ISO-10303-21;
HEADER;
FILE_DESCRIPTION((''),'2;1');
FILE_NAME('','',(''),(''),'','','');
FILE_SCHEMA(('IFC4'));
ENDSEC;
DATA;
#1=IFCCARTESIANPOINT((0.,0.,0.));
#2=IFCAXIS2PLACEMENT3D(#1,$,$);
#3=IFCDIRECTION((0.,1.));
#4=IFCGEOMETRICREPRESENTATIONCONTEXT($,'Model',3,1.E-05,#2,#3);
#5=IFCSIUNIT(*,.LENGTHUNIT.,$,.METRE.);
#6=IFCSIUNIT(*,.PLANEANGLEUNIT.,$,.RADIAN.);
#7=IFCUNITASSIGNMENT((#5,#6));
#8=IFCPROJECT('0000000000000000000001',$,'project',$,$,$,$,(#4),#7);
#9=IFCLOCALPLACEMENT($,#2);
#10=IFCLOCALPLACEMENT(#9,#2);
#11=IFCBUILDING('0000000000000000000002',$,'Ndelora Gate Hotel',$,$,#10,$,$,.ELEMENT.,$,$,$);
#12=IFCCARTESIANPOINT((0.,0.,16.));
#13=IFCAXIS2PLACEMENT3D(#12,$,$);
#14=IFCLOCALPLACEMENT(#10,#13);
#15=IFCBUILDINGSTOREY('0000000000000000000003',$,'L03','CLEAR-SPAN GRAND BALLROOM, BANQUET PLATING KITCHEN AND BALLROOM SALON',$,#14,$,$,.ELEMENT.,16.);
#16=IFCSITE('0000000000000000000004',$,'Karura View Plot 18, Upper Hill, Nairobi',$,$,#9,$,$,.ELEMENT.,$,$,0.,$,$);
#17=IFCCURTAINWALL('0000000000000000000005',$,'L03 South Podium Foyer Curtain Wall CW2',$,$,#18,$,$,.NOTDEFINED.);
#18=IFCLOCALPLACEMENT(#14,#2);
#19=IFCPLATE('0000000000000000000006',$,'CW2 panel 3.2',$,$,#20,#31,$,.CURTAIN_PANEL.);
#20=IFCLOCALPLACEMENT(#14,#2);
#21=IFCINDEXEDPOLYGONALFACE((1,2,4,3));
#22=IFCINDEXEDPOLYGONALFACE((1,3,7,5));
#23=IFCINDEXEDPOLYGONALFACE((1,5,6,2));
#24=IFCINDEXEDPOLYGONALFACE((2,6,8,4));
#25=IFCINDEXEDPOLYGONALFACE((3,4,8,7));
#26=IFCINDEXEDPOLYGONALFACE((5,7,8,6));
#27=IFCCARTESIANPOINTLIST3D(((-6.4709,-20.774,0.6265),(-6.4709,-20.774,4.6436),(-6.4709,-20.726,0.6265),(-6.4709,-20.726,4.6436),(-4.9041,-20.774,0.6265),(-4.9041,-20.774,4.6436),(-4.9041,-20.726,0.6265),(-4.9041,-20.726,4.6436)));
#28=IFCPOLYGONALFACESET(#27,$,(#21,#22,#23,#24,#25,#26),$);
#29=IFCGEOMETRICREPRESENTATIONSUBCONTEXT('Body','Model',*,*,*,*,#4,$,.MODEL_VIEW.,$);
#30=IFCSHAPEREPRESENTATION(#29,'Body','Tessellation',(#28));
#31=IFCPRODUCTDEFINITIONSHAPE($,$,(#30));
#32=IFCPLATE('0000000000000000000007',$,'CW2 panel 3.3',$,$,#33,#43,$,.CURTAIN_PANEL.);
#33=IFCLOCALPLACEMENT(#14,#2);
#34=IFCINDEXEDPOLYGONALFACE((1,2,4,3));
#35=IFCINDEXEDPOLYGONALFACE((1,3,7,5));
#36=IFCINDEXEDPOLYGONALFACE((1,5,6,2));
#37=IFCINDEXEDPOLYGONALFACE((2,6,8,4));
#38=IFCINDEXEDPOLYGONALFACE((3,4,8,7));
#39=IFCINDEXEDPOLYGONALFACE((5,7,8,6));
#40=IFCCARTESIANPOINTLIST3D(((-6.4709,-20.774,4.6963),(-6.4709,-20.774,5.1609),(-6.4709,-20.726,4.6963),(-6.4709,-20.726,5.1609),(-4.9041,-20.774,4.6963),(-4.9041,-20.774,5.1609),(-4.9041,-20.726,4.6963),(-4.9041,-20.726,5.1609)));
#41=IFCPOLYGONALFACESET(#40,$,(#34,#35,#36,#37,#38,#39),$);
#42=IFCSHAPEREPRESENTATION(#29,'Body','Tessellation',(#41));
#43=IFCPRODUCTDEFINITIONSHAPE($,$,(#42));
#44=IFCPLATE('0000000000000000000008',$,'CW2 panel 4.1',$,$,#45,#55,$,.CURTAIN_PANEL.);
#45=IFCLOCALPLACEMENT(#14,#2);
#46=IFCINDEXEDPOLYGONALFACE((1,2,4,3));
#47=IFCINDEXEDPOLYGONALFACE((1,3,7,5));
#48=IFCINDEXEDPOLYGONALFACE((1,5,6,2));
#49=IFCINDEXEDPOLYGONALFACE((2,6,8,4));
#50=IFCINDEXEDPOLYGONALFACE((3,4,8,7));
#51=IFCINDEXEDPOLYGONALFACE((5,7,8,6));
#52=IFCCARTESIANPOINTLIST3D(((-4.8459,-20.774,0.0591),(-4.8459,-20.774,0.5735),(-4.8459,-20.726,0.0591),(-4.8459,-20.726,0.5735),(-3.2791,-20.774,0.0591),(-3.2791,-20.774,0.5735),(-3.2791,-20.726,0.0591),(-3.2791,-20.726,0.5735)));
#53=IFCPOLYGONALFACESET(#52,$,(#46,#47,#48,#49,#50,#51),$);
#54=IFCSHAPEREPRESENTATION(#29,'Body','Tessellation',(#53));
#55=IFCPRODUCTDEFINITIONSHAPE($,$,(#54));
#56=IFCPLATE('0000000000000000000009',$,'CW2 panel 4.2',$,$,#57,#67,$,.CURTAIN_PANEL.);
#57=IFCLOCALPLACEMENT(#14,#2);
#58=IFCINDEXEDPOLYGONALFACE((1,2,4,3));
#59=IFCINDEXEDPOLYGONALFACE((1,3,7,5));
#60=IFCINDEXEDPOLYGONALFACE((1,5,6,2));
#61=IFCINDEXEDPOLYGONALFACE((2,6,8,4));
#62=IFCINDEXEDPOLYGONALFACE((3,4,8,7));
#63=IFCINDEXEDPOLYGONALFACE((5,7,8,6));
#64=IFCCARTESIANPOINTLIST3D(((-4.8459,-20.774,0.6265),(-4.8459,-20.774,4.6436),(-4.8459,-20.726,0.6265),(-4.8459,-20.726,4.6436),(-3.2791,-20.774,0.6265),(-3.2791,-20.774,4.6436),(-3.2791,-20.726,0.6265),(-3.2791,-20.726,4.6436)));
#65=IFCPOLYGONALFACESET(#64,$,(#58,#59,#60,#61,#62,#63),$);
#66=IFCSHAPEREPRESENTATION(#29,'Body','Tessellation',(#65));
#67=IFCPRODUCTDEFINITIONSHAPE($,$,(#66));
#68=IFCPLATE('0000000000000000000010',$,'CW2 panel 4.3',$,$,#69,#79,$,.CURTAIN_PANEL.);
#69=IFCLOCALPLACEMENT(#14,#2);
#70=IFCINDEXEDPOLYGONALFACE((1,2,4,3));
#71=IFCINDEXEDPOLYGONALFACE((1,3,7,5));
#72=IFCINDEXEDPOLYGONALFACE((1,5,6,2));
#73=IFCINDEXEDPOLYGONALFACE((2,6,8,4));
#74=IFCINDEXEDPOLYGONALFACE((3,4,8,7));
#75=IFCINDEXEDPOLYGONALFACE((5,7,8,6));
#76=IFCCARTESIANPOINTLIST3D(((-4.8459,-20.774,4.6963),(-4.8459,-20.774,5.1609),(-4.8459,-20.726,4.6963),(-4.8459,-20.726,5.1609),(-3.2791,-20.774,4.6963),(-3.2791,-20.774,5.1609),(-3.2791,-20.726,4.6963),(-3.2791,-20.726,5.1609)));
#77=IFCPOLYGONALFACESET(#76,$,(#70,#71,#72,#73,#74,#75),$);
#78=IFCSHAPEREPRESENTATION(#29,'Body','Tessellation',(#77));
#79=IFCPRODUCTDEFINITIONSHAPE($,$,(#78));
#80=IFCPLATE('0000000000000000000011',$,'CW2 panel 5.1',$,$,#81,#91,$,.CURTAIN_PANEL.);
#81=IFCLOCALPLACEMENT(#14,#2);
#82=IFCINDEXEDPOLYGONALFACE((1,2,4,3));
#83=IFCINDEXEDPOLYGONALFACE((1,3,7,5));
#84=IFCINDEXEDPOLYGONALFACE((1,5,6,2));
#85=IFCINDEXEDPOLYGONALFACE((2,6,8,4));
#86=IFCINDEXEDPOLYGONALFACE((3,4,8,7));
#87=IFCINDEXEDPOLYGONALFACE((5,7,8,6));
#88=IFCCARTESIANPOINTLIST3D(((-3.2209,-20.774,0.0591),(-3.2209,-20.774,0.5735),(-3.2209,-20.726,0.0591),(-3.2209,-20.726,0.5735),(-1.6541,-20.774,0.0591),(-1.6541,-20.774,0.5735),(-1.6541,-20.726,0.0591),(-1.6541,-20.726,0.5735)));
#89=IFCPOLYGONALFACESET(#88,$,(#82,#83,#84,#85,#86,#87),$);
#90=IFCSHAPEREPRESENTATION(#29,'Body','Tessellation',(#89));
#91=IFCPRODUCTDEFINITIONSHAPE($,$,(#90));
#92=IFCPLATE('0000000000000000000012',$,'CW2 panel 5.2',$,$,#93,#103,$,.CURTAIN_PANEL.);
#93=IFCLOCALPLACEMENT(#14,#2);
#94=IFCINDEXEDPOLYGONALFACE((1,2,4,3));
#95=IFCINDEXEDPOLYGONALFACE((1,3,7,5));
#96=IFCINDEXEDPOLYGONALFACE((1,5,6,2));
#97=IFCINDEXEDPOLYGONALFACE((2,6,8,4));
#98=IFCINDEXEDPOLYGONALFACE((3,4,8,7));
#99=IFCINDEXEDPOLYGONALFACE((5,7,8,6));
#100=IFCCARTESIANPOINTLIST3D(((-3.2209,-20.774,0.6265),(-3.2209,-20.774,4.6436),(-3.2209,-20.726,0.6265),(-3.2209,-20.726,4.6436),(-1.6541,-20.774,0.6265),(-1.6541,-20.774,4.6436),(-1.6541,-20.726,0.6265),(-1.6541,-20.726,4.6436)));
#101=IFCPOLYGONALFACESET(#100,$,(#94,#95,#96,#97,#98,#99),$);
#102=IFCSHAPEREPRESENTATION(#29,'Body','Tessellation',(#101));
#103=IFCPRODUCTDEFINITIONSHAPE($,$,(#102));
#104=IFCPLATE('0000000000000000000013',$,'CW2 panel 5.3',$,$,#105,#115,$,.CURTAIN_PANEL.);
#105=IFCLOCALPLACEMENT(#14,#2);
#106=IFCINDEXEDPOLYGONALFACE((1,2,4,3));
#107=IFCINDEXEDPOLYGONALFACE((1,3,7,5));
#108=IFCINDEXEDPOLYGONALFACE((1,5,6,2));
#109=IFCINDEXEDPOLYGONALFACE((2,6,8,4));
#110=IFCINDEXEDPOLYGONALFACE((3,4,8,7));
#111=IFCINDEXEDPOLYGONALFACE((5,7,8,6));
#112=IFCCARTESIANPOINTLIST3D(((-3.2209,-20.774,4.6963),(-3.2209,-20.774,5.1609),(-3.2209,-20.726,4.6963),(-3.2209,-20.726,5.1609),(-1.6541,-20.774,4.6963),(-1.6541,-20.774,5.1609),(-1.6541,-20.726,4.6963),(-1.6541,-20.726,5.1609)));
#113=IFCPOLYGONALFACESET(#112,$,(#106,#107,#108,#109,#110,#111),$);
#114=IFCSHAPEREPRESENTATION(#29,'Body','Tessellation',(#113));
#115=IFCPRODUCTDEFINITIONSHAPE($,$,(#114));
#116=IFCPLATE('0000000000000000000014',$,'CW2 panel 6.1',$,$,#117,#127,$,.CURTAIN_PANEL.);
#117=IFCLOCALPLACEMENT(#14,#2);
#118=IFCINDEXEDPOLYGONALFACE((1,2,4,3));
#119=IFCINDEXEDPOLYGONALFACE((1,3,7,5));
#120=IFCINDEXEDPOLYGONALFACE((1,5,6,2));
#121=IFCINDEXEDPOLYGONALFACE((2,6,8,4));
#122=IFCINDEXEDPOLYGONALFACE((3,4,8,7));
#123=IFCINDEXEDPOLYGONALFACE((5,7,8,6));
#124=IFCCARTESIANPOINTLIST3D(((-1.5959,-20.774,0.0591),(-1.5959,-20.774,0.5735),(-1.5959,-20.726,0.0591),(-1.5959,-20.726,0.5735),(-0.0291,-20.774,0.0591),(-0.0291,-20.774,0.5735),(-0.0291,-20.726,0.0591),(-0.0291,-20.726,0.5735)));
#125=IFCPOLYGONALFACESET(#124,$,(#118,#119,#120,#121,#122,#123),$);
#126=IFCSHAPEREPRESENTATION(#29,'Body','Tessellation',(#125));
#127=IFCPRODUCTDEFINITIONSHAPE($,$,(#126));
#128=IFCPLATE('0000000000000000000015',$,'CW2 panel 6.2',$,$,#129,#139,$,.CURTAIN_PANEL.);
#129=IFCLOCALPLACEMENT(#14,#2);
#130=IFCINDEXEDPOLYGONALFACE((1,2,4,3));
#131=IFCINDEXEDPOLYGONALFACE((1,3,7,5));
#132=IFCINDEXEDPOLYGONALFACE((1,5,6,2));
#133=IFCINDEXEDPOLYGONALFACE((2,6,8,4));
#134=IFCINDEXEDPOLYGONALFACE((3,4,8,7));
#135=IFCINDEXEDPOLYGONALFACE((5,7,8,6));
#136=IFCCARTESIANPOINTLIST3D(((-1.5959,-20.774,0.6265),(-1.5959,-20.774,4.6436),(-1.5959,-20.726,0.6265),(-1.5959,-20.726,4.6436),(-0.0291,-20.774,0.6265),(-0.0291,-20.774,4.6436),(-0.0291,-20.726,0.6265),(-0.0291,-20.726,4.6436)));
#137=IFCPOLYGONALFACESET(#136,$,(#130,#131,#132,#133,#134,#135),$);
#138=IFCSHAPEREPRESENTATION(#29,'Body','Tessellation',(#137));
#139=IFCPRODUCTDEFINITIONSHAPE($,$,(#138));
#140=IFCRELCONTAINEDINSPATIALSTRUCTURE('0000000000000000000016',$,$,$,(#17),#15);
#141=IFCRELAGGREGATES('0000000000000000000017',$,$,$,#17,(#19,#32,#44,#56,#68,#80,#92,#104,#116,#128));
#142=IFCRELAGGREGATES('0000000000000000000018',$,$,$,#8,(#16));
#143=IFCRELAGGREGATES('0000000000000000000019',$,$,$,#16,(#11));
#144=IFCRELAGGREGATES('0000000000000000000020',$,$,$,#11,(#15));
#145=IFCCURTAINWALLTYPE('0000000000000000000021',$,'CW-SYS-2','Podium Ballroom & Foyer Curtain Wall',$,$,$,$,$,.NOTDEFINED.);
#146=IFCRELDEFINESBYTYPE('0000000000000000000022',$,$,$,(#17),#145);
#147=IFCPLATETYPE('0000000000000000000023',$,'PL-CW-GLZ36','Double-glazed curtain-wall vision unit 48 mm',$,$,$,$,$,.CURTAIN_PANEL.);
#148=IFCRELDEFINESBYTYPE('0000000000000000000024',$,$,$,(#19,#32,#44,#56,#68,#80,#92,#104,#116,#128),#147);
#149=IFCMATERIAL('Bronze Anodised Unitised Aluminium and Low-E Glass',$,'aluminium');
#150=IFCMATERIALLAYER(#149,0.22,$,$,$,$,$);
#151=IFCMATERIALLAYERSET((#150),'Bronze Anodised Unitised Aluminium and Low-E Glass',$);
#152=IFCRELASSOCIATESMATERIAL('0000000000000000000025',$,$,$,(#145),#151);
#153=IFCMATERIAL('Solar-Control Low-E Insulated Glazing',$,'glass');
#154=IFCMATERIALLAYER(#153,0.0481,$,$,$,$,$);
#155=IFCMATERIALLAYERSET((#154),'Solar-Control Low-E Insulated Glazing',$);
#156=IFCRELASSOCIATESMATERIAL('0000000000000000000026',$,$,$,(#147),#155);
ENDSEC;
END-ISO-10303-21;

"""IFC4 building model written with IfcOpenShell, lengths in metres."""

from ifc_helpers import new_model, si_unit, direction, frame, origin, origin_2d, place, context, subcontext, project, spatial, rectangle, extrude, material, layer, layer_set, type_object, element, aggregate, save


model = new_model("IFC4")

# Units and contexts
model_context = context("Model", 3, precision=1e-05, world=origin(), true_north=direction((0.0, 1.0)))
body_context = subcontext(model_context, "Body", "Model", "MODEL_VIEW")
ifc_project = project(units=[si_unit("LENGTHUNIT", "METRE"), si_unit("PLANEANGLEUNIT", "RADIAN")], contexts=[model_context])

# Site, building, storey
site_placement = place(None, origin())
site = spatial("IfcSite", under=ifc_project, at=site_placement, Name="Karura View Plot 18, Upper Hill, Nairobi", CompositionType="ELEMENT", RefElevation=0.0)
building_placement = place(site_placement, origin())
building = spatial("IfcBuilding", under=site, at=building_placement, Name="Ndelora Gate Hotel", CompositionType="ELEMENT")
storey_placement = place(building_placement, frame((0.0, 0.0, 16.0)))
storey = spatial("IfcBuildingStorey", under=building, at=storey_placement, Name="L03", Description="CLEAR-SPAN GRAND BALLROOM, BANQUET PLATING KITCHEN AND BALLROOM SALON", CompositionType="ELEMENT", Elevation=16.0)

# Curtain wall, plates
ifc_material_1 = material(Name="Bronze Anodised Unitised Aluminium and Low-E Glass", Category="aluminium")
ifc_layer_1 = layer(ifc_material_1, 0.22)
ifc_layer_set_1 = layer_set([ifc_layer_1], Name="Bronze Anodised Unitised Aluminium and Low-E Glass")
curtain_wall_type = type_object("IfcCurtainWallType", Name="CW-SYS-2", Description="Podium Ballroom & Foyer Curtain Wall", PredefinedType="NOTDEFINED", material=ifc_layer_set_1)
curtain_wall_placement = place(storey_placement, origin())
curtain_wall = element("IfcCurtainWall", 1, at=curtain_wall_placement, inside=storey, type_object=curtain_wall_type, Name="L03 South Podium Foyer Curtain Wall CW2", PredefinedType="NOTDEFINED")
ifc_material_2 = material(Name="Solar-Control Low-E Insulated Glazing", Category="glass")
ifc_layer_2 = layer(ifc_material_2, 0.0481)
ifc_layer_set_2 = layer_set([ifc_layer_2], Name="Solar-Control Low-E Insulated Glazing")
plate_type = type_object("IfcPlateType", Name="PL-CW-GLZ36", Description="Double-glazed curtain-wall vision unit 48 mm", PredefinedType="CURTAIN_PANEL", material=ifc_layer_set_2)
plate_1_placement = place(storey_placement, frame((-5.6875, -20.75, 0.6265), z_axis=(0.0, 0.0, 1.0), x_axis=(1.0, 0.0, 0.0)))
plate_1 = element("IfcPlate", 2, at=plate_1_placement, type_object=plate_type, Name="CW2 panel 3.2", PredefinedType="CURTAIN_PANEL", context=body_context, shape_type="SweptSolid", body=[
    extrude(rectangle(XDim=1.5669, YDim=0.0481, at=origin_2d()), origin(), (0.0, 0.0, 1.0), 4.0171),
])
plate_2_placement = place(storey_placement, frame((-5.6875, -20.75, 4.6963), z_axis=(0.0, 0.0, 1.0), x_axis=(1.0, 0.0, 0.0)))
plate_2 = element("IfcPlate", 3, at=plate_2_placement, type_object=plate_type, Name="CW2 panel 3.3", PredefinedType="CURTAIN_PANEL", context=body_context, shape_type="SweptSolid", body=[
    extrude(rectangle(XDim=1.5669, YDim=0.0481, at=origin_2d()), origin(), (0.0, 0.0, 1.0), 0.4646),
])
plate_3_placement = place(storey_placement, frame((-4.0625, -20.75, 0.0591), z_axis=(0.0, 0.0, 1.0), x_axis=(1.0, 0.0, 0.0)))
plate_3 = element("IfcPlate", 4, at=plate_3_placement, type_object=plate_type, Name="CW2 panel 4.1", PredefinedType="CURTAIN_PANEL", context=body_context, shape_type="SweptSolid", body=[
    extrude(rectangle(XDim=1.5669, YDim=0.0481, at=origin_2d()), origin(), (0.0, 0.0, 1.0), 0.5144),
])
plate_4_placement = place(storey_placement, frame((-4.0625, -20.75, 0.6265), z_axis=(0.0, 0.0, 1.0), x_axis=(1.0, 0.0, 0.0)))
plate_4 = element("IfcPlate", 5, at=plate_4_placement, type_object=plate_type, Name="CW2 panel 4.2", PredefinedType="CURTAIN_PANEL", context=body_context, shape_type="SweptSolid", body=[
    extrude(rectangle(XDim=1.5669, YDim=0.0481, at=origin_2d()), origin(), (0.0, 0.0, 1.0), 4.0171),
])
plate_5_placement = place(storey_placement, frame((-4.0625, -20.75, 4.6963), z_axis=(0.0, 0.0, 1.0), x_axis=(1.0, 0.0, 0.0)))
plate_5 = element("IfcPlate", 6, at=plate_5_placement, type_object=plate_type, Name="CW2 panel 4.3", PredefinedType="CURTAIN_PANEL", context=body_context, shape_type="SweptSolid", body=[
    extrude(rectangle(XDim=1.5669, YDim=0.0481, at=origin_2d()), origin(), (0.0, 0.0, 1.0), 0.4646),
])
plate_6_placement = place(storey_placement, frame((-2.4375, -20.75, 0.0591), z_axis=(0.0, 0.0, 1.0), x_axis=(1.0, 0.0, 0.0)))
plate_6 = element("IfcPlate", 7, at=plate_6_placement, type_object=plate_type, Name="CW2 panel 5.1", PredefinedType="CURTAIN_PANEL", context=body_context, shape_type="SweptSolid", body=[
    extrude(rectangle(XDim=1.5669, YDim=0.0481, at=origin_2d()), origin(), (0.0, 0.0, 1.0), 0.5144),
])
plate_7_placement = place(storey_placement, frame((-2.4375, -20.75, 0.6265), z_axis=(0.0, 0.0, 1.0), x_axis=(1.0, 0.0, 0.0)))
plate_7 = element("IfcPlate", 8, at=plate_7_placement, type_object=plate_type, Name="CW2 panel 5.2", PredefinedType="CURTAIN_PANEL", context=body_context, shape_type="SweptSolid", body=[
    extrude(rectangle(XDim=1.5669, YDim=0.0481, at=origin_2d()), origin(), (0.0, 0.0, 1.0), 4.0171),
])
plate_8_placement = place(storey_placement, frame((-2.4375, -20.75, 4.6963), z_axis=(0.0, 0.0, 1.0), x_axis=(1.0, 0.0, 0.0)))
plate_8 = element("IfcPlate", 9, at=plate_8_placement, type_object=plate_type, Name="CW2 panel 5.3", PredefinedType="CURTAIN_PANEL", context=body_context, shape_type="SweptSolid", body=[
    extrude(rectangle(XDim=1.5669, YDim=0.0481, at=origin_2d()), origin(), (0.0, 0.0, 1.0), 0.4646),
])
plate_9_placement = place(storey_placement, frame((-0.8125, -20.75, 0.0591), z_axis=(0.0, 0.0, 1.0), x_axis=(1.0, 0.0, 0.0)))
plate_9 = element("IfcPlate", 10, at=plate_9_placement, type_object=plate_type, Name="CW2 panel 6.1", PredefinedType="CURTAIN_PANEL", context=body_context, shape_type="SweptSolid", body=[
    extrude(rectangle(XDim=1.5669, YDim=0.0481, at=origin_2d()), origin(), (0.0, 0.0, 1.0), 0.5144),
])
plate_10_placement = place(storey_placement, frame((-0.8125, -20.75, 0.6265), z_axis=(0.0, 0.0, 1.0), x_axis=(1.0, 0.0, 0.0)))
plate_10 = element("IfcPlate", 11, at=plate_10_placement, type_object=plate_type, Name="CW2 panel 6.2", PredefinedType="CURTAIN_PANEL", context=body_context, shape_type="SweptSolid", body=[
    extrude(rectangle(XDim=1.5669, YDim=0.0481, at=origin_2d()), origin(), (0.0, 0.0, 1.0), 4.0171),
])
aggregate(curtain_wall, [plate_1, plate_2, plate_3, plate_4, plate_5, plate_6, plate_7, plate_8, plate_9, plate_10])

save(model, "model.ifc")
